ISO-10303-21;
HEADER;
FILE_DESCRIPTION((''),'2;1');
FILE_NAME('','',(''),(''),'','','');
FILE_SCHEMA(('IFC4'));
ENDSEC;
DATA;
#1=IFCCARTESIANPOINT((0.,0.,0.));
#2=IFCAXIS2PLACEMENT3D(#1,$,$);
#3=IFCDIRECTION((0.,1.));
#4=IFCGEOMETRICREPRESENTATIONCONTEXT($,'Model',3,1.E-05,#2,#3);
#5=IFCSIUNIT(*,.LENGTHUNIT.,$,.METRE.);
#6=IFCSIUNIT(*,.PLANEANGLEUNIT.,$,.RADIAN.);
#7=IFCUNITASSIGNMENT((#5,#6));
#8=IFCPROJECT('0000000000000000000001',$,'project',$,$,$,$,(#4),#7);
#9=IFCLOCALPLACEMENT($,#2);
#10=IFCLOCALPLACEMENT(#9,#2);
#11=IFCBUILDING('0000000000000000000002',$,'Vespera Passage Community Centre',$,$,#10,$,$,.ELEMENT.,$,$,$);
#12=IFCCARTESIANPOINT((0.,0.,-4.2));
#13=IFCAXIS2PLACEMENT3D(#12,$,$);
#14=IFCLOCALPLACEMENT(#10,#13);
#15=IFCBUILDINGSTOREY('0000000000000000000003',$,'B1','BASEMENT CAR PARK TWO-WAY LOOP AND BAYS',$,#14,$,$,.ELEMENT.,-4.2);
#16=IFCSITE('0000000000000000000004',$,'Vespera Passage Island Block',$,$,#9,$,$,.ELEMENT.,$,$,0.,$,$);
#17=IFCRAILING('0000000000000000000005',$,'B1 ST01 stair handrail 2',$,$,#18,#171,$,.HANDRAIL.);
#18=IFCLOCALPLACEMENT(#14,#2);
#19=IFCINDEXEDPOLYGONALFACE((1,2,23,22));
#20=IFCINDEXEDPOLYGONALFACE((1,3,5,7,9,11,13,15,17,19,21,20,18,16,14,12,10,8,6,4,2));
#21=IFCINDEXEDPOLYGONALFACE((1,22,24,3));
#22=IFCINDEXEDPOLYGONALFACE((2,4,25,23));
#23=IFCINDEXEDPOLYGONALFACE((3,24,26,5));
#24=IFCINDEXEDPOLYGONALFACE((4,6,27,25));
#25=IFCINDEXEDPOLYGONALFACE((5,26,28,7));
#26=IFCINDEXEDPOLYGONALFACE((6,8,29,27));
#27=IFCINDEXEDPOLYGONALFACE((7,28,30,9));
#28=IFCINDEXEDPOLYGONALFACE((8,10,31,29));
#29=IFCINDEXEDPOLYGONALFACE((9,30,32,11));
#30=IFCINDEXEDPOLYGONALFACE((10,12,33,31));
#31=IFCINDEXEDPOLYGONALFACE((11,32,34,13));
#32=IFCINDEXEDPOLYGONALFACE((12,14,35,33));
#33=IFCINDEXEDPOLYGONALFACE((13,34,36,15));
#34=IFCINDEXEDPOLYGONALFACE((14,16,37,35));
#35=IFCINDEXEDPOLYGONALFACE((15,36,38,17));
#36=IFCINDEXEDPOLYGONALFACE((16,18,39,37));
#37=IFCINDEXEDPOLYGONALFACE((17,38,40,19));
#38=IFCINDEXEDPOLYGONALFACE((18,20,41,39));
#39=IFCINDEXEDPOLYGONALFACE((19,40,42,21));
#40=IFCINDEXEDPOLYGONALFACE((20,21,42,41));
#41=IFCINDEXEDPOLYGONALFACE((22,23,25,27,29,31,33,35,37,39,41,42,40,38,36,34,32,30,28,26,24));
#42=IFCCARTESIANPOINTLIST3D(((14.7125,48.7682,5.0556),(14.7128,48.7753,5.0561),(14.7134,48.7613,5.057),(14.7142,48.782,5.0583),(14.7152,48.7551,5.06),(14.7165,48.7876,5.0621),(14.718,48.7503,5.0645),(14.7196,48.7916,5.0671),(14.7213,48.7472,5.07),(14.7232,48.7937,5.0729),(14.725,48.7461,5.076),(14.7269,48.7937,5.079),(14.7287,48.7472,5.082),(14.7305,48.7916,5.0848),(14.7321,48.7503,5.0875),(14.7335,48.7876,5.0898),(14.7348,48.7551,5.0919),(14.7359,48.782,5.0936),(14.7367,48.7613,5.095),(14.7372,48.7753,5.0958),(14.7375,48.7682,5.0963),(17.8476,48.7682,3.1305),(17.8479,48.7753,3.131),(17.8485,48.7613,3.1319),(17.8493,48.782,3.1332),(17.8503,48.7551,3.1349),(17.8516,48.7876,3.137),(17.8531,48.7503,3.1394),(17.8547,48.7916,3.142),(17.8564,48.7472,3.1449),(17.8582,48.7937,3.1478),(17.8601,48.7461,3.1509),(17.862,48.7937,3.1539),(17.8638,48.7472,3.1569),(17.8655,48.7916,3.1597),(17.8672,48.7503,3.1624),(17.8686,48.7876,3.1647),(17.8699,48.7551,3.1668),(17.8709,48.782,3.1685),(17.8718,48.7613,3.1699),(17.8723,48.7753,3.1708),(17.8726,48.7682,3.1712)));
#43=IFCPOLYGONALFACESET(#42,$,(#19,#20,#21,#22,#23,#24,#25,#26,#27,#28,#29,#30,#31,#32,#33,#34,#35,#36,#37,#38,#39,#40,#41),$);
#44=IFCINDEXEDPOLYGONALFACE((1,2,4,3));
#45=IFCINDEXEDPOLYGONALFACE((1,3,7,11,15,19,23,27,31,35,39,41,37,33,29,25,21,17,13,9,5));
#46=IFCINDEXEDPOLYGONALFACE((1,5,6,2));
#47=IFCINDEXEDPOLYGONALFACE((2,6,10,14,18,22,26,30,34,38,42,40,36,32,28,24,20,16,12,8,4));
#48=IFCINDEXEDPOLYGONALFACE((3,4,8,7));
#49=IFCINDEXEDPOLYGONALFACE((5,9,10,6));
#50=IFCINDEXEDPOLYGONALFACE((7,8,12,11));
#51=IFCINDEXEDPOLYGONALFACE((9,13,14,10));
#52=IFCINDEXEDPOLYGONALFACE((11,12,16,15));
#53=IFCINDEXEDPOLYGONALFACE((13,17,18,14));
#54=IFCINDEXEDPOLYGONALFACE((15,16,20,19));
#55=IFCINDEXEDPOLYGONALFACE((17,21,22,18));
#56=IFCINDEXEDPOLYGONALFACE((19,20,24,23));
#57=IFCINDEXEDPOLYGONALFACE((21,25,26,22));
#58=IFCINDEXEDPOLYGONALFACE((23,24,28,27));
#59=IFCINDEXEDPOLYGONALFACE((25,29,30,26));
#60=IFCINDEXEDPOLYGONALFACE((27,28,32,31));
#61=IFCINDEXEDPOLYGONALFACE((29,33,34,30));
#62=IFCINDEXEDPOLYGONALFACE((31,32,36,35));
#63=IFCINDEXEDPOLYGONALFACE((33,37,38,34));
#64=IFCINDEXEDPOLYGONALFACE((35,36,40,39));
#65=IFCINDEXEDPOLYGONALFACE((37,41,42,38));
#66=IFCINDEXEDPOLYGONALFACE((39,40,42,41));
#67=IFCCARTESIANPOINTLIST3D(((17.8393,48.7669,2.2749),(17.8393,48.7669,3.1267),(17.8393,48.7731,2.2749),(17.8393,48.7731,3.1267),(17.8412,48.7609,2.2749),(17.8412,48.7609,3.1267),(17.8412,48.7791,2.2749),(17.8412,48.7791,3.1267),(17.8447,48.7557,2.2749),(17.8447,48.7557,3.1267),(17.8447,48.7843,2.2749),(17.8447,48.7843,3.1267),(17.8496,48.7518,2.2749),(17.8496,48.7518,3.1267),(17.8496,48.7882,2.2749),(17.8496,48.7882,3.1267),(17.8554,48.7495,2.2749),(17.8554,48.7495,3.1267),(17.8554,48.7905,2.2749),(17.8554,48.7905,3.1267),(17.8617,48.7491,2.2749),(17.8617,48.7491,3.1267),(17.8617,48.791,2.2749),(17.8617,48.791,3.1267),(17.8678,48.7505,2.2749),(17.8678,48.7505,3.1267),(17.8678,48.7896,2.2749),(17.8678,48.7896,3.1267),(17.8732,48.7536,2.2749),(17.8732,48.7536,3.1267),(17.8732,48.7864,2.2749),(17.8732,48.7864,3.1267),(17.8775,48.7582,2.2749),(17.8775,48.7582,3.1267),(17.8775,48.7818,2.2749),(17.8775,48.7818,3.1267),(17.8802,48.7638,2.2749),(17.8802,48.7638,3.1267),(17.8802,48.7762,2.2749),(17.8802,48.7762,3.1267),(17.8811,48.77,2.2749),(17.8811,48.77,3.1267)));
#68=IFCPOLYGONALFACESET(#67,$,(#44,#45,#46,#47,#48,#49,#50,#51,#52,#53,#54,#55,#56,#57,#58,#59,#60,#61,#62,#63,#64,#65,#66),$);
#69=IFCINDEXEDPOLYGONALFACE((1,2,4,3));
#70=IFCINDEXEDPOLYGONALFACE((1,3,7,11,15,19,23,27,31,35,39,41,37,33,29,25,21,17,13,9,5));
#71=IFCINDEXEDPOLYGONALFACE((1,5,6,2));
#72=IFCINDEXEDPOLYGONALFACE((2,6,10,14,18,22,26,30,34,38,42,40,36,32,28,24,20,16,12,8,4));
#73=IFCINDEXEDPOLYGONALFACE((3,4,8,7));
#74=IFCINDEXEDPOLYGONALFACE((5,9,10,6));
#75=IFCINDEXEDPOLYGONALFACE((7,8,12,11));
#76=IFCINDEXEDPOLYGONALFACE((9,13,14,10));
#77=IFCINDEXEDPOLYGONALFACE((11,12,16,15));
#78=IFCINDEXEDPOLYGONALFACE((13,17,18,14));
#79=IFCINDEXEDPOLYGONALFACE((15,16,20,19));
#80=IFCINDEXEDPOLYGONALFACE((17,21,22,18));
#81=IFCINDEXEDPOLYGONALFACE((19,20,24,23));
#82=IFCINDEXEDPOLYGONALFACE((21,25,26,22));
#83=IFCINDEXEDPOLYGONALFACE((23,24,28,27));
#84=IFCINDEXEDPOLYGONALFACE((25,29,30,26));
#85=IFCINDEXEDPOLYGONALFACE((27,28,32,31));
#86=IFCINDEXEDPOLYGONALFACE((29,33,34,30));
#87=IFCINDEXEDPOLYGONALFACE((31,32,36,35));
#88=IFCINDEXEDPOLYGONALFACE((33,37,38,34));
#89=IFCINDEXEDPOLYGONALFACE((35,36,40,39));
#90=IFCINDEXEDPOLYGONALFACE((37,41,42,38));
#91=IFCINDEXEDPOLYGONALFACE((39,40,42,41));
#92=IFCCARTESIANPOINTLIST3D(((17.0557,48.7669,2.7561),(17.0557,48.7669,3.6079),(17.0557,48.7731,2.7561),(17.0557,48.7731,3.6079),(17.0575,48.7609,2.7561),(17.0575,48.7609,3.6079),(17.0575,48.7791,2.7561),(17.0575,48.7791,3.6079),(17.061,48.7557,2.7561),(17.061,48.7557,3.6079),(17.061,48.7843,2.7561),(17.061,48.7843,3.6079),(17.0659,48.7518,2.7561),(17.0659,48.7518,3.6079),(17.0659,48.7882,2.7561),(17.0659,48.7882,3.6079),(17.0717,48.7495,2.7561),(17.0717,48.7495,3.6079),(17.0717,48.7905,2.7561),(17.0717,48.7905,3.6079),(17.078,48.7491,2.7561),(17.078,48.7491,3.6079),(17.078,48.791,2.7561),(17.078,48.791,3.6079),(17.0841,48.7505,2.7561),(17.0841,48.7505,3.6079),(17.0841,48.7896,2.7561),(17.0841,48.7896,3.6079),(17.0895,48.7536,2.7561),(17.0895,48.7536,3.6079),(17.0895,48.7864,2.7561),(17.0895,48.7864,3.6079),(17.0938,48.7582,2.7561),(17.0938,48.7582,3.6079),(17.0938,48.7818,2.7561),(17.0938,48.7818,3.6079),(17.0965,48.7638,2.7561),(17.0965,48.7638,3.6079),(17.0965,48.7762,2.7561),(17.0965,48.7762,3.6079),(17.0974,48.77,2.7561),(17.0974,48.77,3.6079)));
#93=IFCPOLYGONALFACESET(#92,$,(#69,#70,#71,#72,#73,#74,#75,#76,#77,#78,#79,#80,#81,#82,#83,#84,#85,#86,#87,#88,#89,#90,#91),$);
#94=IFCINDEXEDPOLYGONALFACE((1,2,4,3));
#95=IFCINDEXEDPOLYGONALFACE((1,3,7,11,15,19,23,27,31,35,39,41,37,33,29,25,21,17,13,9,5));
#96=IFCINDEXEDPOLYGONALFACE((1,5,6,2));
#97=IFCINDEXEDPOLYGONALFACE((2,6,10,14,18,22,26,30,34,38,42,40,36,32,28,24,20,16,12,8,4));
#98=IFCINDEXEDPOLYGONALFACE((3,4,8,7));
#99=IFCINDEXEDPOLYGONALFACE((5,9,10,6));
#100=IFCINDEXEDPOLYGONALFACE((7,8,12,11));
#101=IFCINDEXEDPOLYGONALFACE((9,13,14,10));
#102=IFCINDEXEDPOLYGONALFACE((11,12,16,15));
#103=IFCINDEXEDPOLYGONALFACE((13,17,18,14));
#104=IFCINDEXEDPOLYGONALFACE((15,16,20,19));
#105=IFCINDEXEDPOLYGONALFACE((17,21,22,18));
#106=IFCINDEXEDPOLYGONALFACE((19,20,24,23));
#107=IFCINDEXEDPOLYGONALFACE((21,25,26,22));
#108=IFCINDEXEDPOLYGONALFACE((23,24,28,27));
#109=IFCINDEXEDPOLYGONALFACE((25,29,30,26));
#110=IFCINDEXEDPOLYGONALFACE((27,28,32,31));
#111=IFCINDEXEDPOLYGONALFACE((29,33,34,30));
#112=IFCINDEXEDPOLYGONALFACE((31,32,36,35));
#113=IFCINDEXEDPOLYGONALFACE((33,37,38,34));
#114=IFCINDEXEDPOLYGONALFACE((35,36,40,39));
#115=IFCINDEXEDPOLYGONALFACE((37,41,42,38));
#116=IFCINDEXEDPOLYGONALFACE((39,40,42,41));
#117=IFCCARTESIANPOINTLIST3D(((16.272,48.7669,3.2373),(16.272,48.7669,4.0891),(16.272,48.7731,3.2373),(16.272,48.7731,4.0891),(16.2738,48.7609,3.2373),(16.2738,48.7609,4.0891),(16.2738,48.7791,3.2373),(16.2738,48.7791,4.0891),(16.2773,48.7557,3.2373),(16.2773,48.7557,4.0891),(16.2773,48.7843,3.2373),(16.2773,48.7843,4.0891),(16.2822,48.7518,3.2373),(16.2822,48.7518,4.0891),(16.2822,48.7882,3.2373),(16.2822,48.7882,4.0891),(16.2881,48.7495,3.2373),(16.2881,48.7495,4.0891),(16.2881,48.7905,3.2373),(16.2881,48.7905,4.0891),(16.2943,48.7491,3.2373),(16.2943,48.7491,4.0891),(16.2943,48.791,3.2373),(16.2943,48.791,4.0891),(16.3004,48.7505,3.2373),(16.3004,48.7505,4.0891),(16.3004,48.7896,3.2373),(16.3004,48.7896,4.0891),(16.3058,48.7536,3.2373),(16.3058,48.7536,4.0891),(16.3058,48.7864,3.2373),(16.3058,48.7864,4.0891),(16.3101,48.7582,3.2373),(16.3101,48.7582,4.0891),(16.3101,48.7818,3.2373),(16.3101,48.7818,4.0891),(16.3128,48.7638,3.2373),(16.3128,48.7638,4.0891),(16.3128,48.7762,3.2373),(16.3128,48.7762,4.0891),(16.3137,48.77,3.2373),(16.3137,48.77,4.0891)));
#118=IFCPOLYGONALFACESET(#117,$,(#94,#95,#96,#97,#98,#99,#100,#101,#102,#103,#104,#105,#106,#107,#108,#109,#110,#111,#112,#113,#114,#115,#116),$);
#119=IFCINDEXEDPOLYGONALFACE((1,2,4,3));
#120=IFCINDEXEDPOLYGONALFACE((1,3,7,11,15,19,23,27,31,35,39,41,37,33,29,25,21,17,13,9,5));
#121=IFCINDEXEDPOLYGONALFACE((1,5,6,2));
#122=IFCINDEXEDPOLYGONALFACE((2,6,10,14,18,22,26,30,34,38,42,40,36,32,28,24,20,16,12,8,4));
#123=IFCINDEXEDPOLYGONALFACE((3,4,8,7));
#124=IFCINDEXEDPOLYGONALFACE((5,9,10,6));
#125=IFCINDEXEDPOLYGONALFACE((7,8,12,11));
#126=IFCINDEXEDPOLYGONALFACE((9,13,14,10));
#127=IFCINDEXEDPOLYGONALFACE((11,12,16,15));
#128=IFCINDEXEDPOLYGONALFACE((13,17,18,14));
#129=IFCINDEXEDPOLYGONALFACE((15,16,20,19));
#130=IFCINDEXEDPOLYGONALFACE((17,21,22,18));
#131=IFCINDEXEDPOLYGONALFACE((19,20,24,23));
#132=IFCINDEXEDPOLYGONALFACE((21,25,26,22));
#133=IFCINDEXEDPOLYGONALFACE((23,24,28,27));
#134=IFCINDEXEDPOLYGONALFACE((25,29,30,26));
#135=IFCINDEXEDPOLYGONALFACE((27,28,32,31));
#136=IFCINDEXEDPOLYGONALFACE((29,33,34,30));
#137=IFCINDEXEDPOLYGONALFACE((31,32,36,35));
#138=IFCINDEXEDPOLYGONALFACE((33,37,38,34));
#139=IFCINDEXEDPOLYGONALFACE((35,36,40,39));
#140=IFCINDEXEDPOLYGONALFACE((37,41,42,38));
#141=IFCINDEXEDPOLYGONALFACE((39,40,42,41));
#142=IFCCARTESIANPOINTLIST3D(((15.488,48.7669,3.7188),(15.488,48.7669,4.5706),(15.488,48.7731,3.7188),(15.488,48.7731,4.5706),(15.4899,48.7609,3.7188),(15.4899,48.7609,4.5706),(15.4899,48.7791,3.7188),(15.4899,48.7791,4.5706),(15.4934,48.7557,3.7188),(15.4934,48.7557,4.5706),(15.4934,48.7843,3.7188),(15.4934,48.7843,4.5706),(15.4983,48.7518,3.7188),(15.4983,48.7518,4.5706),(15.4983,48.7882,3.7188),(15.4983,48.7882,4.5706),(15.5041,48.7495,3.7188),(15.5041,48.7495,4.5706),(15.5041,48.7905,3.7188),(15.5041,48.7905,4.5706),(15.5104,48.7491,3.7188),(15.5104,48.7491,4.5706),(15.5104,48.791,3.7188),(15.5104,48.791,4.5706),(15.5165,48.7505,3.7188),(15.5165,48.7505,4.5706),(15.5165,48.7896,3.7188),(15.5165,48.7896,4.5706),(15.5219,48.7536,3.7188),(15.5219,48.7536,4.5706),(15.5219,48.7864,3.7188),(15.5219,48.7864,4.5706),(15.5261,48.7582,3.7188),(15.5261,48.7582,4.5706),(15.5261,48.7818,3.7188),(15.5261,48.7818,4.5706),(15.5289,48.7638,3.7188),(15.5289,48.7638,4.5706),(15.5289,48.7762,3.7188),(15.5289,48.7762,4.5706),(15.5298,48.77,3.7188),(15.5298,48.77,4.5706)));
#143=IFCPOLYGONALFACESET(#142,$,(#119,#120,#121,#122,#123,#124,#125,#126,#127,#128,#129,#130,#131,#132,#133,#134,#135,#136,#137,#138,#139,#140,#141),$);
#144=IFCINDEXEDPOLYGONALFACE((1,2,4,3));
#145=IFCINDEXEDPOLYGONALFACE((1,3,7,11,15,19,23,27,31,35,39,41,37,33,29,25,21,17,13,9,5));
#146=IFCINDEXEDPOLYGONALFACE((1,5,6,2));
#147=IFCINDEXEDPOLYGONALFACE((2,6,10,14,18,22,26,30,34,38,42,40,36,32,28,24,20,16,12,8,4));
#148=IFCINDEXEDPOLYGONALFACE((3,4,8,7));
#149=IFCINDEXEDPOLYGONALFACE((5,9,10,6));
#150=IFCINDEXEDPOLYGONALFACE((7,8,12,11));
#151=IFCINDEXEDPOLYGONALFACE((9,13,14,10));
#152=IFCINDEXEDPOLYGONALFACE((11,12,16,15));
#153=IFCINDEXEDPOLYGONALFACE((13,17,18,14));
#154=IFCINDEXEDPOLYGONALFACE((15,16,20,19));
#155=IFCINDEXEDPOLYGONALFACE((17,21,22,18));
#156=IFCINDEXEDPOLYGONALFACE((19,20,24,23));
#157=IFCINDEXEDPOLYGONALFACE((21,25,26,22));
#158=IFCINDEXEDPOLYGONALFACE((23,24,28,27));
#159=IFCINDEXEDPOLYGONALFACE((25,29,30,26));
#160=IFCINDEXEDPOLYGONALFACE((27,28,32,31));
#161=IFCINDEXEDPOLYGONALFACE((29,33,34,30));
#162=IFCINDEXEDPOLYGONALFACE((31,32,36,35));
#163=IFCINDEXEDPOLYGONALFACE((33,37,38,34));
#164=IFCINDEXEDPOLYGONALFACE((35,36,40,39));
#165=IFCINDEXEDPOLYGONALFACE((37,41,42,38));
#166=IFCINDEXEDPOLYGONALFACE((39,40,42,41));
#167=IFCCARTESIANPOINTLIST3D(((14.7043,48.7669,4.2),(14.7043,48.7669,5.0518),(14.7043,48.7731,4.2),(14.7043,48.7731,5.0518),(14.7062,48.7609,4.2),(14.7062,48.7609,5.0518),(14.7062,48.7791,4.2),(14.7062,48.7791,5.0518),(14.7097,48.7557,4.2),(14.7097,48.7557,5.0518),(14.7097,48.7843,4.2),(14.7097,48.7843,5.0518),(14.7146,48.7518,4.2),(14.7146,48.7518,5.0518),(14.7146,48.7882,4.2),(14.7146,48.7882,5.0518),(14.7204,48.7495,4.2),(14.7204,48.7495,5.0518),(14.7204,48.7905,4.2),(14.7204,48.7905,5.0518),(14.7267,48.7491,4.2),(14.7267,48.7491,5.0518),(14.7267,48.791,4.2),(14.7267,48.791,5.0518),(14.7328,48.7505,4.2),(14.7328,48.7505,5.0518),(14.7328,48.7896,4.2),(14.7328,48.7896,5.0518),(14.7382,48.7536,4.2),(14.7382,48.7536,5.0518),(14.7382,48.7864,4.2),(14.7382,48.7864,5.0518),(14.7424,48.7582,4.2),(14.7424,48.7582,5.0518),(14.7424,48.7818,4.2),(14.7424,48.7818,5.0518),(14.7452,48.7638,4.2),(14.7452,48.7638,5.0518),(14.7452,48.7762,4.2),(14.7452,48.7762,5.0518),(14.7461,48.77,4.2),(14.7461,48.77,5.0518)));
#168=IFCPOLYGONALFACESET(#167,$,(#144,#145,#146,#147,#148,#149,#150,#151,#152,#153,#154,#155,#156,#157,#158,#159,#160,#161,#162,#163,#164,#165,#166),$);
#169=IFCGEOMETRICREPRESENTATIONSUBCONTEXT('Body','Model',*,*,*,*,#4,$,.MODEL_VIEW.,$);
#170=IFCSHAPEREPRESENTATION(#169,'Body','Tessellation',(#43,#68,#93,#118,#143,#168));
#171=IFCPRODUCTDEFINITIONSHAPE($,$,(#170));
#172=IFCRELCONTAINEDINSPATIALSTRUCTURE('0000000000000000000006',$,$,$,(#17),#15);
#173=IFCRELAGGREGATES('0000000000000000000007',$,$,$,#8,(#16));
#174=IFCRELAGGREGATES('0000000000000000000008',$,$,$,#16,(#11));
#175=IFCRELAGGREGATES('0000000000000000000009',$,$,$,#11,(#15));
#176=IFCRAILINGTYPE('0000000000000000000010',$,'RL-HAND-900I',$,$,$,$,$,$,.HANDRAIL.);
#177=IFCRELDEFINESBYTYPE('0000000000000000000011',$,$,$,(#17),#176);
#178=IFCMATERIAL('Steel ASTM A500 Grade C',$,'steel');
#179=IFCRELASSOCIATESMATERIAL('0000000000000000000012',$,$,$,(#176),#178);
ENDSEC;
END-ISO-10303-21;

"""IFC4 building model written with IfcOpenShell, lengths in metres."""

from ifc_helpers import new_model, si_unit, direction, frame, origin, origin_2d, place, context, subcontext, project, spatial, circle, extrude, material, type_object, element, save


model = new_model("IFC4")

# Units and contexts
model_context = context("Model", 3, precision=1e-05, world=origin(), true_north=direction((0.0, 1.0)))
body_context = subcontext(model_context, "Body", "Model", "MODEL_VIEW")
ifc_project = project(units=[si_unit("LENGTHUNIT", "METRE"), si_unit("PLANEANGLEUNIT", "RADIAN")], contexts=[model_context])

# Site, building, storey
site_placement = place(None, origin())
site = spatial("IfcSite", under=ifc_project, at=site_placement, Name="Vespera Passage Island Block", CompositionType="ELEMENT", RefElevation=0.0)
building_placement = place(site_placement, origin())
building = spatial("IfcBuilding", under=site, at=building_placement, Name="Vespera Passage Community Centre", CompositionType="ELEMENT")
storey_placement = place(building_placement, frame((0.0, 0.0, -4.2)))
storey = spatial("IfcBuildingStorey", under=building, at=storey_placement, Name="B1", Description="BASEMENT CAR PARK TWO-WAY LOOP AND BAYS", CompositionType="ELEMENT", Elevation=-4.2)

# Railing
ifc_material_1 = material(Name="Steel ASTM A500 Grade C", Category="steel")
railing_type_1 = type_object("IfcRailingType", Name="RL-HAND-900I", PredefinedType="HANDRAIL", material=ifc_material_1)
railing_1_placement = place(storey_placement, frame((17.8601, 48.77, 2.2749)))
element("IfcRailing", 1, at=railing_1_placement, inside=storey, type_object=railing_type_1, Name="B1 ST01 stair handrail 2", PredefinedType="HANDRAIL", context=body_context, shape_type="SweptSolid", body=[
    extrude(circle(Radius=0.0239, at=origin_2d()), frame((0.0, 0.0, 0.876), z_axis=(-0.852166, 0.0, 0.523271), x_axis=(0.0, -1.0, 0.0)), (0.0, 0.0, 1.0), 3.679),
    extrude(circle(Radius=0.021, at=origin_2d()), origin(), (0.0, 0.0, 1.0), 0.8518),
    extrude(circle(Radius=0.021, at=origin_2d()), frame((-0.7837, 0.0, 0.4812)), (0.0, 0.0, 1.0), 0.8518),
    extrude(circle(Radius=0.021, at=origin_2d()), frame((-1.5674, 0.0, 0.9624)), (0.0, 0.0, 1.0), 0.8518),
    extrude(circle(Radius=0.021, at=origin_2d()), frame((-2.3513, 0.0, 1.4438)), (0.0, 0.0, 1.0), 0.8518),
    extrude(circle(Radius=0.021, at=origin_2d()), frame((-3.135, 0.0, 1.925)), (0.0, 0.0, 1.0), 0.8518),
])

save(model, "model.ifc")
